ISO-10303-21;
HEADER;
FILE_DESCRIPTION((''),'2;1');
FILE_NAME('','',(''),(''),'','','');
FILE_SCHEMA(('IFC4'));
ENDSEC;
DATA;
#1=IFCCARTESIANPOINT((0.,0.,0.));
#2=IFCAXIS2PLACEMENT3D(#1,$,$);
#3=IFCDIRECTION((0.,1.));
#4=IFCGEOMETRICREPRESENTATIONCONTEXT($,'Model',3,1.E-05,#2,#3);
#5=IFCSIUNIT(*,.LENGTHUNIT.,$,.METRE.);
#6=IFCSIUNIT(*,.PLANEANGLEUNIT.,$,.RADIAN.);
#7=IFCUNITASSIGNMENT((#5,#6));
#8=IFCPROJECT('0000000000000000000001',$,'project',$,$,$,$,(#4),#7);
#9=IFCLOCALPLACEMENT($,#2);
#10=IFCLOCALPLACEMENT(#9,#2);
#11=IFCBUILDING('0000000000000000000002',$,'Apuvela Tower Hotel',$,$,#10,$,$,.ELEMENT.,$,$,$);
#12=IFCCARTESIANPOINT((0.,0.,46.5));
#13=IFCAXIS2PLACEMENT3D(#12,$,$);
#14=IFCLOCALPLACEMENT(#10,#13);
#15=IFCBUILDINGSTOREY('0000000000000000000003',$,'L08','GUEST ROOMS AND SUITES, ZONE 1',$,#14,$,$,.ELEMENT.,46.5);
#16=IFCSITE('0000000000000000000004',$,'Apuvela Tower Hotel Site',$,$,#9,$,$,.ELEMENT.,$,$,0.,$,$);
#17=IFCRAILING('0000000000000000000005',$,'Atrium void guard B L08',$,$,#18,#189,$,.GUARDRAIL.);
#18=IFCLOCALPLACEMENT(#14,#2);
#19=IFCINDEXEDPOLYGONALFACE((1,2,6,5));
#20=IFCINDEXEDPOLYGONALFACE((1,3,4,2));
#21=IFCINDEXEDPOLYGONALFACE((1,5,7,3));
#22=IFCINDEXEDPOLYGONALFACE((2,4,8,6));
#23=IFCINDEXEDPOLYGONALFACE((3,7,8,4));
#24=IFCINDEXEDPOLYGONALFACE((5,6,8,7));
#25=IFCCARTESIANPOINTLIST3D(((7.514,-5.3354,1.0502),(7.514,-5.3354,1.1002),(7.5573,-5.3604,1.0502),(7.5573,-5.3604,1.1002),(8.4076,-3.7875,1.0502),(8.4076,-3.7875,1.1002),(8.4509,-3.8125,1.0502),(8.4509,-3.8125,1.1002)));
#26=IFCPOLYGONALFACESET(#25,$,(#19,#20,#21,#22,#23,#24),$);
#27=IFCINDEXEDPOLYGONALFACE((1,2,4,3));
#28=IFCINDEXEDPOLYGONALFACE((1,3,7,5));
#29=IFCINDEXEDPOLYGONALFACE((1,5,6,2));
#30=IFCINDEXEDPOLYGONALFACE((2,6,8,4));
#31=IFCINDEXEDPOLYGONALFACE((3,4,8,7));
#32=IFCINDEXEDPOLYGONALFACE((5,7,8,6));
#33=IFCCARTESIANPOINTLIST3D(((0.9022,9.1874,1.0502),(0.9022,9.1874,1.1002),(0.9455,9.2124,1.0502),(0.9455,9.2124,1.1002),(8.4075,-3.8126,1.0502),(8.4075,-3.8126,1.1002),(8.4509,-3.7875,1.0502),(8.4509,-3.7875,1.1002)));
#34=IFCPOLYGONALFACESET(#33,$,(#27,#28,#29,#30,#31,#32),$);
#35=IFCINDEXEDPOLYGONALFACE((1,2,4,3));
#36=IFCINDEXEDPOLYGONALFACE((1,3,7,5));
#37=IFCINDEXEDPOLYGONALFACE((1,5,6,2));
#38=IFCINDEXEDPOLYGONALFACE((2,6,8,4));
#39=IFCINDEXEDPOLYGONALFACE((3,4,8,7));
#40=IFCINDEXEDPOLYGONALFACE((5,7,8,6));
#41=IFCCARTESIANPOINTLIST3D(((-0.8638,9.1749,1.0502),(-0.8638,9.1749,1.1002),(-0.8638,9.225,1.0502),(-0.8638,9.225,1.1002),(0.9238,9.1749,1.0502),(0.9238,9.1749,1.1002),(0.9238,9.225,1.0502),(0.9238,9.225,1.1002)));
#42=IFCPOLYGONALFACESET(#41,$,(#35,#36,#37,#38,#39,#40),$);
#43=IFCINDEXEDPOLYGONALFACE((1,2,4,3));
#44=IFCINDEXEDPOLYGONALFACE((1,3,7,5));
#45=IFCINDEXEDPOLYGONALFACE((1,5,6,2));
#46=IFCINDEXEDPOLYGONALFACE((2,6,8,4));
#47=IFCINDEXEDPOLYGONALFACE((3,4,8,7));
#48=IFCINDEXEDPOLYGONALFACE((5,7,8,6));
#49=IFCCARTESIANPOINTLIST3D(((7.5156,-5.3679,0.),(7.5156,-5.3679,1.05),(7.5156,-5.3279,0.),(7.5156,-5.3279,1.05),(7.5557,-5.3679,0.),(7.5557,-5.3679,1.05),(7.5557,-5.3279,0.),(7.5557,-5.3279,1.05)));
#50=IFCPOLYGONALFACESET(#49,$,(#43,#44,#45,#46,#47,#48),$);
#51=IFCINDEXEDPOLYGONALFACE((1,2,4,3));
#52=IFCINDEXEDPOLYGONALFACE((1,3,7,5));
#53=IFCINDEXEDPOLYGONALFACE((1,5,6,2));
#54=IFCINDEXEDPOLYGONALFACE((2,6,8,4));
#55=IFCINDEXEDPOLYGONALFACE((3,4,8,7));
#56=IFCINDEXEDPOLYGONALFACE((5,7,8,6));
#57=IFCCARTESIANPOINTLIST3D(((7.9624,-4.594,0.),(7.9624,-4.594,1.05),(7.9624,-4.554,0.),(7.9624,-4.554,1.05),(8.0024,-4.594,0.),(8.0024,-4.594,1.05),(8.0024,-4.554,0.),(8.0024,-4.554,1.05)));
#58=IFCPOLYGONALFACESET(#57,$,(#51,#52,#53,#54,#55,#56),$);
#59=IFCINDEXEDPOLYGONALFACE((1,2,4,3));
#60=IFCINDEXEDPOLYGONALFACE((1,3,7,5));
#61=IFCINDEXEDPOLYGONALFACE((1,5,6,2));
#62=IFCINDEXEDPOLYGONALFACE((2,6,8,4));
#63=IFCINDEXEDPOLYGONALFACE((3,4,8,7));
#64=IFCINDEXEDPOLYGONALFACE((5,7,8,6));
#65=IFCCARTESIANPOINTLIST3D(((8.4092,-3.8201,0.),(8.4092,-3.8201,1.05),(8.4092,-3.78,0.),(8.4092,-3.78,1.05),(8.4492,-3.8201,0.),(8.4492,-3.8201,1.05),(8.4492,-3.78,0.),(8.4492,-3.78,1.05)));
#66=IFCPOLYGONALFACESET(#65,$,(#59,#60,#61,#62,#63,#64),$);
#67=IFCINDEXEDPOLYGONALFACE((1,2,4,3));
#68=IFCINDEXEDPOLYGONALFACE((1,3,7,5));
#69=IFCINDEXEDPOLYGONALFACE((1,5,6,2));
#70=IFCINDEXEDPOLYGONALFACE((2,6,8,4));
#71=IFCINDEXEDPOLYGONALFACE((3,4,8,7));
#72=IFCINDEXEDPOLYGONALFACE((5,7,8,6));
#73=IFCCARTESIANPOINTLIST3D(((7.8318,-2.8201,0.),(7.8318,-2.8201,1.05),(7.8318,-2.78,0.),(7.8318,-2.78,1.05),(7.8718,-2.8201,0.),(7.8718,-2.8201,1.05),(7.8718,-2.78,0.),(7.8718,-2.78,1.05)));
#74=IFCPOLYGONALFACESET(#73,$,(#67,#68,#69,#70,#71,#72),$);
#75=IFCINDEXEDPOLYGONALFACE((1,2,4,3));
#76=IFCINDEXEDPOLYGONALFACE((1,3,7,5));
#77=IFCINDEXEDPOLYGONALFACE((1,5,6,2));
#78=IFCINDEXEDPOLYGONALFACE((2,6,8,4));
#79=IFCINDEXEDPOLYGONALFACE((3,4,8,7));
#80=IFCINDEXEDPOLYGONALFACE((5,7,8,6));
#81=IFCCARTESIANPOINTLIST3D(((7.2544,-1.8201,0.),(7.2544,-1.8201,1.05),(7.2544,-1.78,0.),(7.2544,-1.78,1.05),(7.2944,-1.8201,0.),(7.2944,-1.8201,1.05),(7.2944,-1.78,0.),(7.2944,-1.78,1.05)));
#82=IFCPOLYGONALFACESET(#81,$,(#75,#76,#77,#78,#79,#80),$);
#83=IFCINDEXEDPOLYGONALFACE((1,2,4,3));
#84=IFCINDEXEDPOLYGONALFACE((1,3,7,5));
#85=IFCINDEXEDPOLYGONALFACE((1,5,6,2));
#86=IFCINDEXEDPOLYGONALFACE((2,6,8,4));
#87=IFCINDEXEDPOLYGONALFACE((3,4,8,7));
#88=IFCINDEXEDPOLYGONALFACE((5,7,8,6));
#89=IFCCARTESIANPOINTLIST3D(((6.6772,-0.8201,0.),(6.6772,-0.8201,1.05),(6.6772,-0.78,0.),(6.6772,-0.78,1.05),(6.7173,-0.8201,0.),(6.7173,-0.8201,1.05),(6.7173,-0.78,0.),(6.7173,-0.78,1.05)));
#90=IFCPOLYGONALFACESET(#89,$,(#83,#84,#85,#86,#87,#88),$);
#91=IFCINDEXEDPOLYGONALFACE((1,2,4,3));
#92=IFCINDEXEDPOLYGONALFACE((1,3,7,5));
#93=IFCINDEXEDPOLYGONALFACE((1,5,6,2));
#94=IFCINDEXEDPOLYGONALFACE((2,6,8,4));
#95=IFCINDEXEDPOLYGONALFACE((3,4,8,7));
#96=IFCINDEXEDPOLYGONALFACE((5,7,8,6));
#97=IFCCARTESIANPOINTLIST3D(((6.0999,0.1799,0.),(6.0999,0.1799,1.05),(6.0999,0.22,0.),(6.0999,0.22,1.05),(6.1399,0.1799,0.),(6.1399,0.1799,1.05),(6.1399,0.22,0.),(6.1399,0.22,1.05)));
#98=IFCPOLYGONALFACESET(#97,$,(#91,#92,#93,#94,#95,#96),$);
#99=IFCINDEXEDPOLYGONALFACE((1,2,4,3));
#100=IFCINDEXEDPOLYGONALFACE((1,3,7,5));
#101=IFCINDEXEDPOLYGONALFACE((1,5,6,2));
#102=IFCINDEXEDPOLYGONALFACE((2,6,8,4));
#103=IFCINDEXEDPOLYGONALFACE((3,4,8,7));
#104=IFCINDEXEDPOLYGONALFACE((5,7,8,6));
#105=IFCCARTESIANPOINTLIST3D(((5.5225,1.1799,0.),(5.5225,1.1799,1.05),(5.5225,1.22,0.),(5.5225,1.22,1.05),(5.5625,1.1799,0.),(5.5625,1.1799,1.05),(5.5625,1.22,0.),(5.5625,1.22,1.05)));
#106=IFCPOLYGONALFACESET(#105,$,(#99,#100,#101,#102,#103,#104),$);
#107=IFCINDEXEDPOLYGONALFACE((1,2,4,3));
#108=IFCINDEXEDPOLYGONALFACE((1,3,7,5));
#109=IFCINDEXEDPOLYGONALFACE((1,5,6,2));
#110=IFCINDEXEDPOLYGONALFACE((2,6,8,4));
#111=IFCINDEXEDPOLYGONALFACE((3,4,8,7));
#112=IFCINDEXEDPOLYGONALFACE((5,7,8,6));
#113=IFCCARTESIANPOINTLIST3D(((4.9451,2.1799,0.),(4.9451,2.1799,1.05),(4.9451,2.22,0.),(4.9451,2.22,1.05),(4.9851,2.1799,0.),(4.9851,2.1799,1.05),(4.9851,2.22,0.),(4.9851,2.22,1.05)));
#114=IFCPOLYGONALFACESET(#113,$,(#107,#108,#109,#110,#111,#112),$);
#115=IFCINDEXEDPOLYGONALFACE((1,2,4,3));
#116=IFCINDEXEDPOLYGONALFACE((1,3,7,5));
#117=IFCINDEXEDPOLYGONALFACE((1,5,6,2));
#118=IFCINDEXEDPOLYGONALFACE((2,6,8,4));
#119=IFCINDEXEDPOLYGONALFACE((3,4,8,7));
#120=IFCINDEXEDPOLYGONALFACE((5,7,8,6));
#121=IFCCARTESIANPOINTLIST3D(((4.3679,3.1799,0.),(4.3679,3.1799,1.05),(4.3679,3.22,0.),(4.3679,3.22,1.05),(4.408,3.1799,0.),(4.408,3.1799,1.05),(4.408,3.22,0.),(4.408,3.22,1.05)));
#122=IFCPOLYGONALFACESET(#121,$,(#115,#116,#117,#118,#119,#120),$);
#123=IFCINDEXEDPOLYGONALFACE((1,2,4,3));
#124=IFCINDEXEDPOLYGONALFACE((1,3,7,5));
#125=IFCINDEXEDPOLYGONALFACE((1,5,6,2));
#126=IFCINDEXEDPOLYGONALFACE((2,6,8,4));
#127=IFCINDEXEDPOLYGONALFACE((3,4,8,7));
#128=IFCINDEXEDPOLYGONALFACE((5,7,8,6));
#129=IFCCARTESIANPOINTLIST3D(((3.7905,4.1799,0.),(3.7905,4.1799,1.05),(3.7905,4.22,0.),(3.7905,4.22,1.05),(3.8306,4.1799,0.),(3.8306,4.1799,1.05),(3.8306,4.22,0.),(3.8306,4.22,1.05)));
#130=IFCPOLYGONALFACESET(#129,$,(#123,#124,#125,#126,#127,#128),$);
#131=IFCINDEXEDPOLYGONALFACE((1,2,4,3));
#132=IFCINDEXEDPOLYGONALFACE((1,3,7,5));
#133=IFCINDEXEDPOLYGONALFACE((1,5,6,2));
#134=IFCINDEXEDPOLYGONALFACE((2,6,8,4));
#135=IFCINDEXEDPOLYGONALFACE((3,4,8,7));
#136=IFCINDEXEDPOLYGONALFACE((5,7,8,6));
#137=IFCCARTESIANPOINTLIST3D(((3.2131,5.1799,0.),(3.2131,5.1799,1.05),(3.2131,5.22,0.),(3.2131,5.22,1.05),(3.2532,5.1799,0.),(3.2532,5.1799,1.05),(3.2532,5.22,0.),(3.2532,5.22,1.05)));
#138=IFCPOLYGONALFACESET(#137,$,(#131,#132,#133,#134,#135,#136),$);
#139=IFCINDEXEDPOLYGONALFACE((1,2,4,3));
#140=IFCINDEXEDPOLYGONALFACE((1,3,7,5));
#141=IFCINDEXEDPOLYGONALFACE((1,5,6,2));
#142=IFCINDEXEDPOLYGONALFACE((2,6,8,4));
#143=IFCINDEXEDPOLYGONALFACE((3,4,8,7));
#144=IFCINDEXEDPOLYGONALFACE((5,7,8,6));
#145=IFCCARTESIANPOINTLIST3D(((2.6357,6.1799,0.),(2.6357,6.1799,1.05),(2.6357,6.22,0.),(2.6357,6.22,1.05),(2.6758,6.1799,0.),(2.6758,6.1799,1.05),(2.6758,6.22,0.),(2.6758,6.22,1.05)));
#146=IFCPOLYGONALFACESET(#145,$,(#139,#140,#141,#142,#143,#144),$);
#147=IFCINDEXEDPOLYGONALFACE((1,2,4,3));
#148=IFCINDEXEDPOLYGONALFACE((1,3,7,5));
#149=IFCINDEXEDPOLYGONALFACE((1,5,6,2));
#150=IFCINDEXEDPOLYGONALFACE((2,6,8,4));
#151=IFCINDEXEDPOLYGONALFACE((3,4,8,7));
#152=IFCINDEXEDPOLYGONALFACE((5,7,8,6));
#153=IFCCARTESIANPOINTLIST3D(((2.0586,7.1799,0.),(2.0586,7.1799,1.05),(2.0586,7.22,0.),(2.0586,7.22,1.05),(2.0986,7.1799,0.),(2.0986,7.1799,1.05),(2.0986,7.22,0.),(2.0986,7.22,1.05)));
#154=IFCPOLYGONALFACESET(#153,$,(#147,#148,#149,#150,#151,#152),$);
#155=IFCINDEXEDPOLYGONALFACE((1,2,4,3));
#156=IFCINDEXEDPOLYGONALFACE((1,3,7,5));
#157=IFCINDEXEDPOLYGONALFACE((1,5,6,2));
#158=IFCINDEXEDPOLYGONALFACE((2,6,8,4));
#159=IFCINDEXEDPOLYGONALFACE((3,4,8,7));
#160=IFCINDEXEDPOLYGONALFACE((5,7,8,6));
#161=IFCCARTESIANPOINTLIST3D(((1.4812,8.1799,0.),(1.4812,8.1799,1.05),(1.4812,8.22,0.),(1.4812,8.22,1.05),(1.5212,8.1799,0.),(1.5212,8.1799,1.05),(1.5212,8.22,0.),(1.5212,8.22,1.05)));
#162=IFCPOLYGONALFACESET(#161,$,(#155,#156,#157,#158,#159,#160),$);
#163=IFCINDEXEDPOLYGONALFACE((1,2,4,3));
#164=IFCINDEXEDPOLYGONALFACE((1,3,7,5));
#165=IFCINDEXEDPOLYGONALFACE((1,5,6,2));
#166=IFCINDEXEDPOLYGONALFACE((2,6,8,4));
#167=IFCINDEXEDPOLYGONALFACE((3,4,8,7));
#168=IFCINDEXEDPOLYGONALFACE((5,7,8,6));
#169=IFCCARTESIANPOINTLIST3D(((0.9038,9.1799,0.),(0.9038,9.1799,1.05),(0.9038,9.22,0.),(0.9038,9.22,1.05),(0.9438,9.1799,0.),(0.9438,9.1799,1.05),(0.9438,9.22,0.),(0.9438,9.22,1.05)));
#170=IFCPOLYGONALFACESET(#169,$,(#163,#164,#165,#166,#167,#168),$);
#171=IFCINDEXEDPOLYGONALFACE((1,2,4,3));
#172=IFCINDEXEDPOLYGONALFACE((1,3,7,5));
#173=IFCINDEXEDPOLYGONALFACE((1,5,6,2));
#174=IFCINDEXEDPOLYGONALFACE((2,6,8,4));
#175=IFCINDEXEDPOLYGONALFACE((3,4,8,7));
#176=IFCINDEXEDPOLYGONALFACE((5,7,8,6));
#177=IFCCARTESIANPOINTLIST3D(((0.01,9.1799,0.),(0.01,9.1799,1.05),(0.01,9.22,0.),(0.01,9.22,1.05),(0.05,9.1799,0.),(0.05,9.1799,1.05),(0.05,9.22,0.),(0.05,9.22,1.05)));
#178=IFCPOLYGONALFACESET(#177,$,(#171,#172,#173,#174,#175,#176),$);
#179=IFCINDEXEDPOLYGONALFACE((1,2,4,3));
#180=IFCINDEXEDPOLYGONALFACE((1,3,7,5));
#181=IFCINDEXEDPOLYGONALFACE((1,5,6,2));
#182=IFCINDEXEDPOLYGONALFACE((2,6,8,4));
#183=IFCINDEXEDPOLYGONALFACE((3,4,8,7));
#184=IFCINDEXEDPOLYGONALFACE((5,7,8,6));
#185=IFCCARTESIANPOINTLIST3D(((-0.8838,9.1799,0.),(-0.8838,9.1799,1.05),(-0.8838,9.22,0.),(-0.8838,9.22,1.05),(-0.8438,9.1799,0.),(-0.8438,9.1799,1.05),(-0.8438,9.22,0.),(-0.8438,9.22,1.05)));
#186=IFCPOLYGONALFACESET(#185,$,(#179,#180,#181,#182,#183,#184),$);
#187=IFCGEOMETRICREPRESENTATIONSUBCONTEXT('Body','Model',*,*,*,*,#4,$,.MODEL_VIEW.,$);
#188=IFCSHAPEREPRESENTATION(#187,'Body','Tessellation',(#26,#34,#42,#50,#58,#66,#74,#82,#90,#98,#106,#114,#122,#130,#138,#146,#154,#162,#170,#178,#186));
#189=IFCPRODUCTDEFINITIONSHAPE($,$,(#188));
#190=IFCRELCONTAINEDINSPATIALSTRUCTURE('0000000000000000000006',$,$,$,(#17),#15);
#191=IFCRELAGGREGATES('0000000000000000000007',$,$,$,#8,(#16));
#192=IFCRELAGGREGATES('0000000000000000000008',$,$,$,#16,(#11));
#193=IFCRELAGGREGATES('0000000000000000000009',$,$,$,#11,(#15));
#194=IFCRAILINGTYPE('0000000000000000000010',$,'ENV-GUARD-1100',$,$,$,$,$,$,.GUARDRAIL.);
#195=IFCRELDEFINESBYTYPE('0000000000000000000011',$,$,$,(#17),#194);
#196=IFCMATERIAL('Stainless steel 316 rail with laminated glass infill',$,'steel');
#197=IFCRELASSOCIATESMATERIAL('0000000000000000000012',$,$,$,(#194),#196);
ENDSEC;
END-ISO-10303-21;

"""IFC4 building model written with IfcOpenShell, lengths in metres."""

from ifc_helpers import new_model, si_unit, direction, frame, origin, origin_2d, place, context, subcontext, project, spatial, rectangle, extrude, material, type_object, element, save


model = new_model("IFC4")

# Units and contexts
model_context = context("Model", 3, precision=1e-05, world=origin(), true_north=direction((0.0, 1.0)))
body_context = subcontext(model_context, "Body", "Model", "MODEL_VIEW")
ifc_project = project(units=[si_unit("LENGTHUNIT", "METRE"), si_unit("PLANEANGLEUNIT", "RADIAN")], contexts=[model_context])

# Site, building, storey
site_placement = place(None, origin())
site = spatial("IfcSite", under=ifc_project, at=site_placement, Name="Apuvela Tower Hotel Site", CompositionType="ELEMENT", RefElevation=0.0)
building_placement = place(site_placement, origin())
building = spatial("IfcBuilding", under=site, at=building_placement, Name="Apuvela Tower Hotel", CompositionType="ELEMENT")
storey_placement = place(building_placement, frame((0.0, 0.0, 46.5)))
storey = spatial("IfcBuildingStorey", under=building, at=storey_placement, Name="L08", Description="GUEST ROOMS AND SUITES, ZONE 1", CompositionType="ELEMENT", Elevation=46.5)

# Railing
ifc_material_1 = material(Name="Stainless steel 316 rail with laminated glass infill", Category="steel")
railing_type = type_object("IfcRailingType", Name="ENV-GUARD-1100", PredefinedType="GUARDRAIL", material=ifc_material_1)
railing_placement = place(storey_placement, frame((7.5356, -5.3479, 0.0)))
element("IfcRailing", 1, at=railing_placement, inside=storey, type_object=railing_type, Name="Atrium void guard B L08", PredefinedType="GUARDRAIL", context=body_context, shape_type="SweptSolid", body=[
    extrude(rectangle(XDim=0.05, YDim=0.05, at=origin_2d()), frame((0.0, 0.0, 1.0752), z_axis=(0.499959, 0.866049, 0.0), x_axis=(-0.866049, 0.499959, 0.0)), (0.0, 0.0, 1.0), 1.7874),
    extrude(rectangle(XDim=0.05, YDim=0.05, at=origin_2d()), frame((0.8936, 1.5479, 1.0752), z_axis=(-0.499991, 0.866031, 0.0), x_axis=(-0.866031, -0.499991, 0.0)), (0.0, 0.0, 1.0), 15.011),
    extrude(rectangle(XDim=0.05, YDim=0.05, at=origin_2d()), frame((-6.6118, 14.5479, 1.0752), z_axis=(-1.0, 0.0, 0.0), x_axis=(0.0, -1.0, 0.0)), (0.0, 0.0, 1.0), 1.7876),
    extrude(rectangle(XDim=0.04, YDim=0.04, at=origin_2d()), origin(), (0.0, 0.0, 1.0), 1.05),
    extrude(rectangle(XDim=0.04, YDim=0.04, at=origin_2d()), frame((0.4468, 0.7739, 0.0)), (0.0, 0.0, 1.0), 1.05),
    extrude(rectangle(XDim=0.04, YDim=0.04, at=origin_2d()), frame((0.8936, 1.5479, 0.0)), (0.0, 0.0, 1.0), 1.05),
    extrude(rectangle(XDim=0.04, YDim=0.04, at=origin_2d()), frame((0.3162, 2.5479, 0.0)), (0.0, 0.0, 1.0), 1.05),
    extrude(rectangle(XDim=0.04, YDim=0.04, at=origin_2d()), frame((-0.2612, 3.5479, 0.0)), (0.0, 0.0, 1.0), 1.05),
    extrude(rectangle(XDim=0.04, YDim=0.04, at=origin_2d()), frame((-0.8384, 4.5479, 0.0)), (0.0, 0.0, 1.0), 1.05),
    extrude(rectangle(XDim=0.04, YDim=0.04, at=origin_2d()), frame((-1.4158, 5.5479, 0.0)), (0.0, 0.0, 1.0), 1.05),
    extrude(rectangle(XDim=0.04, YDim=0.04, at=origin_2d()), frame((-1.9932, 6.5479, 0.0)), (0.0, 0.0, 1.0), 1.05),
    extrude(rectangle(XDim=0.04, YDim=0.04, at=origin_2d()), frame((-2.5706, 7.5479, 0.0)), (0.0, 0.0, 1.0), 1.05),
    extrude(rectangle(XDim=0.04, YDim=0.04, at=origin_2d()), frame((-3.1477, 8.5479, 0.0)), (0.0, 0.0, 1.0), 1.05),
    extrude(rectangle(XDim=0.04, YDim=0.04, at=origin_2d()), frame((-3.7251, 9.5479, 0.0)), (0.0, 0.0, 1.0), 1.05),
    extrude(rectangle(XDim=0.04, YDim=0.04, at=origin_2d()), frame((-4.3025, 10.5479, 0.0)), (0.0, 0.0, 1.0), 1.05),
    extrude(rectangle(XDim=0.04, YDim=0.04, at=origin_2d()), frame((-4.8799, 11.5479, 0.0)), (0.0, 0.0, 1.0), 1.05),
    extrude(rectangle(XDim=0.04, YDim=0.04, at=origin_2d()), frame((-5.457, 12.5479, 0.0)), (0.0, 0.0, 1.0), 1.05),
    extrude(rectangle(XDim=0.04, YDim=0.04, at=origin_2d()), frame((-6.0344, 13.5479, 0.0)), (0.0, 0.0, 1.0), 1.05),
    extrude(rectangle(XDim=0.04, YDim=0.04, at=origin_2d()), frame((-6.6118, 14.5479, 0.0)), (0.0, 0.0, 1.0), 1.05),
    extrude(rectangle(XDim=0.04, YDim=0.04, at=origin_2d()), frame((-7.5056, 14.5479, 0.0)), (0.0, 0.0, 1.0), 1.05),
    extrude(rectangle(XDim=0.04, YDim=0.04, at=origin_2d()), frame((-8.3994, 14.5479, 0.0)), (0.0, 0.0, 1.0), 1.05),
])

save(model, "model.ifc")
